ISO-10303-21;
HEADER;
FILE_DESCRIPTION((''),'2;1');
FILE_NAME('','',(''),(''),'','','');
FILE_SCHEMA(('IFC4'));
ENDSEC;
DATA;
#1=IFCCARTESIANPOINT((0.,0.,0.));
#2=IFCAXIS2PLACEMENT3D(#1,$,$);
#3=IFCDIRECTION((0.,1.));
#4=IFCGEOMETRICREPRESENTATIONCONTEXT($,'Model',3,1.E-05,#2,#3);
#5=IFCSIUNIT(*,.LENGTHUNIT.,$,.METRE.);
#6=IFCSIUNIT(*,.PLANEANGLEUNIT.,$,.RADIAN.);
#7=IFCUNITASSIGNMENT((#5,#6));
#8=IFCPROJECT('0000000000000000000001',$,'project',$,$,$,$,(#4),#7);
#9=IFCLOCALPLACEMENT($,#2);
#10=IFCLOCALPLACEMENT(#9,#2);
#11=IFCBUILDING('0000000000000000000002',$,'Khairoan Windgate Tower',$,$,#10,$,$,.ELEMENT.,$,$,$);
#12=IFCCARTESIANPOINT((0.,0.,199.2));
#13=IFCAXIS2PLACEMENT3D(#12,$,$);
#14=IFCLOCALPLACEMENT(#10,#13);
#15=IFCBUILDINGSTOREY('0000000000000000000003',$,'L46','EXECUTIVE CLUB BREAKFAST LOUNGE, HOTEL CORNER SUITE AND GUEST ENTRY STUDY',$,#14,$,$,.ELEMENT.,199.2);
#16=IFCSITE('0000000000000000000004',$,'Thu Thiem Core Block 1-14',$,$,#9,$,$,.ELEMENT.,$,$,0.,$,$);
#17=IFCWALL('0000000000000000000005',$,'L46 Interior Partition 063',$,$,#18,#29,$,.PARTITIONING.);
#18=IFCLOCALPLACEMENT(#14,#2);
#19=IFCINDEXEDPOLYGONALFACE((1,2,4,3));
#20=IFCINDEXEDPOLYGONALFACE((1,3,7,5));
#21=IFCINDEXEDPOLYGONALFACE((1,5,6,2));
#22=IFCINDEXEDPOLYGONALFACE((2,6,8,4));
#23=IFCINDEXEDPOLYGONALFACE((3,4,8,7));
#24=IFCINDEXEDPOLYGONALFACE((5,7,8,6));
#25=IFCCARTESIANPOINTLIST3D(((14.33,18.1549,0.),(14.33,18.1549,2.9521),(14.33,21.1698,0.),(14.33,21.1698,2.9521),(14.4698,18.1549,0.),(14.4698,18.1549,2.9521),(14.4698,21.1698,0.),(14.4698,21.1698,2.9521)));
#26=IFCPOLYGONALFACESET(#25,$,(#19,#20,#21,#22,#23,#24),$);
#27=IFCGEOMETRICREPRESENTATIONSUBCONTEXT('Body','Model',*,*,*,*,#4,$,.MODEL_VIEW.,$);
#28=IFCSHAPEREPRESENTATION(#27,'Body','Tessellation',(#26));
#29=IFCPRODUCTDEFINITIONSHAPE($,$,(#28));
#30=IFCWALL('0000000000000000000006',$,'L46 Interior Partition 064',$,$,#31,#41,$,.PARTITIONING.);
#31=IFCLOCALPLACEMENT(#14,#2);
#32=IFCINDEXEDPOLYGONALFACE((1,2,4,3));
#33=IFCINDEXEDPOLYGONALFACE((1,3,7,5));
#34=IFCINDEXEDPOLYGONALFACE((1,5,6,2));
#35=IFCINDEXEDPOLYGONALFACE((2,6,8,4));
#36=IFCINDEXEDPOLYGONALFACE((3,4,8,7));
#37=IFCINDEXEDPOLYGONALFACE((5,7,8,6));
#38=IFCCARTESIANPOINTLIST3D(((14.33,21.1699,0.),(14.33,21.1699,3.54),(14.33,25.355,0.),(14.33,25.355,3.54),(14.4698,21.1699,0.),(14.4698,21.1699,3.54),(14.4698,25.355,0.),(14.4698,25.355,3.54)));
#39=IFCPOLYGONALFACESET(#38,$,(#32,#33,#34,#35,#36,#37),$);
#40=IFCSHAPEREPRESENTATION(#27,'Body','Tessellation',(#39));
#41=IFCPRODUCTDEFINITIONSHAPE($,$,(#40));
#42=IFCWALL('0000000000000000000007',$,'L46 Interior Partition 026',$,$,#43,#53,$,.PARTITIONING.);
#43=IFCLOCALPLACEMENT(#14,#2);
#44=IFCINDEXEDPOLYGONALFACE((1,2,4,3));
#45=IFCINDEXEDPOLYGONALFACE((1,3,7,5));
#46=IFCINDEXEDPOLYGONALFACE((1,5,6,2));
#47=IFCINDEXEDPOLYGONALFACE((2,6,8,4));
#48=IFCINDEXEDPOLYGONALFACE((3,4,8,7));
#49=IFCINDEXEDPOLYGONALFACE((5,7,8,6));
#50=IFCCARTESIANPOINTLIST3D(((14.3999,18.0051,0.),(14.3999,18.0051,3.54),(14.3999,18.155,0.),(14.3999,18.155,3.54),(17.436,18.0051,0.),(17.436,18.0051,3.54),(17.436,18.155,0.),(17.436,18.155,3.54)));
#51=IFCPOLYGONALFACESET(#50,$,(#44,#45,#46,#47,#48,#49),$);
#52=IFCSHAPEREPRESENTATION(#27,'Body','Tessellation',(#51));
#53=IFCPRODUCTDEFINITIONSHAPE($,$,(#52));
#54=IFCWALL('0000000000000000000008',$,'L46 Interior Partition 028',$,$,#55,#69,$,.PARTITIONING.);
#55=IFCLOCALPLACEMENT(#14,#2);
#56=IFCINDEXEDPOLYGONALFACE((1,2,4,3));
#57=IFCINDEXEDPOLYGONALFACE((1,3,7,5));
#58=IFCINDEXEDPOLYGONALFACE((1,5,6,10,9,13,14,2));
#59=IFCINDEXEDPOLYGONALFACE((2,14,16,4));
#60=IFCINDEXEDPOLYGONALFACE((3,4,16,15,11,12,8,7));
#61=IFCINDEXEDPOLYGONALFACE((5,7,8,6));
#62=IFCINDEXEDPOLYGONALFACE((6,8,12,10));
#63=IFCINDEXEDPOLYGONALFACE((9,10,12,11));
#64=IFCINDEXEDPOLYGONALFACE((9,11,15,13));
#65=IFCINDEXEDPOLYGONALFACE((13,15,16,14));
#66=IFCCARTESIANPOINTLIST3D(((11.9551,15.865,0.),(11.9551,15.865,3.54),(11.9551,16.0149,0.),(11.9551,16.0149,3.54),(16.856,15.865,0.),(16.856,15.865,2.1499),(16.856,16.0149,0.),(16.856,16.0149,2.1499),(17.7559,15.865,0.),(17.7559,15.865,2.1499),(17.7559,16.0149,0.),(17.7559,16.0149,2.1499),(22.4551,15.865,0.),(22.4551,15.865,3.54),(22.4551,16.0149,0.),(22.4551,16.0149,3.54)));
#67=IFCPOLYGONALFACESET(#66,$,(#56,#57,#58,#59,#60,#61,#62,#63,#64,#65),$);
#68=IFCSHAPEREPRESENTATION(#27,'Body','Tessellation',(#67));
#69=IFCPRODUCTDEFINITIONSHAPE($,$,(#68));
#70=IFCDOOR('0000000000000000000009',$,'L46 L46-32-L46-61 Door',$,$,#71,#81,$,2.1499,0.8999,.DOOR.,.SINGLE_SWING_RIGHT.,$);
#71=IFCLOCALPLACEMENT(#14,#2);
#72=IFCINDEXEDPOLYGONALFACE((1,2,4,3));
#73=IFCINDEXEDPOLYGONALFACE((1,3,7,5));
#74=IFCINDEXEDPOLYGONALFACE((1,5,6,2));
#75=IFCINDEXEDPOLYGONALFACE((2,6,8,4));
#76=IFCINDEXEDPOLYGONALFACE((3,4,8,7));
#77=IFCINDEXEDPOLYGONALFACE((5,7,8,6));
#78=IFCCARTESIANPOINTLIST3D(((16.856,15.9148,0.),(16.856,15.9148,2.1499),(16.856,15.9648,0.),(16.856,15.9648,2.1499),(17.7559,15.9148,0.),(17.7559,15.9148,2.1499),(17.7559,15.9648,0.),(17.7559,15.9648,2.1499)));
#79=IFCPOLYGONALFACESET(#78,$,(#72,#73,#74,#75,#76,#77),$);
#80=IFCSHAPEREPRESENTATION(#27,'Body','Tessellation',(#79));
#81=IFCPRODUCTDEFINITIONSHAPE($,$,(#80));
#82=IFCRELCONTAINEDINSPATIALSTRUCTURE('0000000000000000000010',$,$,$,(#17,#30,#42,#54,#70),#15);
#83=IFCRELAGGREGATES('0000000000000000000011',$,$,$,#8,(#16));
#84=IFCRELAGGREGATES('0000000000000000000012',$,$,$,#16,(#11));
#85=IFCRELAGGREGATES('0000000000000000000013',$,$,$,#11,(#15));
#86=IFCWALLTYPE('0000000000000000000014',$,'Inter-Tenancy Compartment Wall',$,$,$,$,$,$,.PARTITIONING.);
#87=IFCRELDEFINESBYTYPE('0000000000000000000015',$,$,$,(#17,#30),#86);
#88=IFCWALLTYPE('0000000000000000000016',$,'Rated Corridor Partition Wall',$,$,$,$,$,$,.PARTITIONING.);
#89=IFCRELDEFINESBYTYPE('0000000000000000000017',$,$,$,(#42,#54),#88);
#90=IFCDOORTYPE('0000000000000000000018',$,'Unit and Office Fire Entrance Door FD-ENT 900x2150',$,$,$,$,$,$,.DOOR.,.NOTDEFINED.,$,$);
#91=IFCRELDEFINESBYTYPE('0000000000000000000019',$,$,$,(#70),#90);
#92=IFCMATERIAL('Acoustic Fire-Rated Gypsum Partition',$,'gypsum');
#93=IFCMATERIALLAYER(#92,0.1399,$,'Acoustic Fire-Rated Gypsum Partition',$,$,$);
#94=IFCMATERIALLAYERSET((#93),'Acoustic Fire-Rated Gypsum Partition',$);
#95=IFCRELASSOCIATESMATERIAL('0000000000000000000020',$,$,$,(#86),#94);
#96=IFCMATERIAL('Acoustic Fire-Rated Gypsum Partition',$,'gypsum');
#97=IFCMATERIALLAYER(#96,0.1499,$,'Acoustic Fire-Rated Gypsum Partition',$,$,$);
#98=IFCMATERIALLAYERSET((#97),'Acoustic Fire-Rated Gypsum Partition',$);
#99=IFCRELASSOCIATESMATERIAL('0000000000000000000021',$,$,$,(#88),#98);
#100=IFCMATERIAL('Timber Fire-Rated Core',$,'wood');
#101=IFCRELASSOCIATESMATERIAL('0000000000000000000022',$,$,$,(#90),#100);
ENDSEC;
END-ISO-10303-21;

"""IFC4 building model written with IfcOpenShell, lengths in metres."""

from ifc_helpers import new_model, si_unit, direction, frame, frame_2d, origin, place, context, subcontext, project, spatial, rectangle, extrude, material, layer, layer_set, type_object, element, fill, save


model = new_model("IFC4")

# Units and contexts
model_context = context("Model", 3, precision=1e-05, world=origin(), true_north=direction((0.0, 1.0)))
body_context = subcontext(model_context, "Body", "Model", "MODEL_VIEW")
ifc_project = project(units=[si_unit("LENGTHUNIT", "METRE"), si_unit("PLANEANGLEUNIT", "RADIAN")], contexts=[model_context])

# Site, building, storey
site_placement = place(None, origin())
site = spatial("IfcSite", under=ifc_project, at=site_placement, Name="Thu Thiem Core Block 1-14", CompositionType="ELEMENT", RefElevation=0.0)
building_placement = place(site_placement, origin())
building = spatial("IfcBuilding", under=site, at=building_placement, Name="Khairoan Windgate Tower", CompositionType="ELEMENT")
storey_placement = place(building_placement, frame((0.0, 0.0, 199.2)))
storey = spatial("IfcBuildingStorey", under=building, at=storey_placement, Name="L46", Description="EXECUTIVE CLUB BREAKFAST LOUNGE, HOTEL CORNER SUITE AND GUEST ENTRY STUDY", CompositionType="ELEMENT", Elevation=199.2)

# Walls
ifc_material_1 = material(Name="Acoustic Fire-Rated Gypsum Partition", Category="gypsum")
ifc_layer_1 = layer(ifc_material_1, 0.1399, Name="Acoustic Fire-Rated Gypsum Partition")
ifc_layer_set_1 = layer_set([ifc_layer_1], Name="Acoustic Fire-Rated Gypsum Partition")
wall_type_1 = type_object("IfcWallType", Name="Inter-Tenancy Compartment Wall", PredefinedType="PARTITIONING", material=ifc_layer_set_1)
wall_1_placement = place(storey_placement, frame((14.3999, 18.155, 0.0), z_axis=(0.0, 0.0, 1.0), x_axis=(0.0, 1.0, 0.0)))
element("IfcWall", 1, at=wall_1_placement, inside=storey, type_object=wall_type_1, Name="L46 Interior Partition 063", PredefinedType="PARTITIONING", context=body_context, shape_type="SweptSolid", body=[
    extrude(rectangle(XDim=3.0149, YDim=0.1399, at=frame_2d((1.5073, 0.0))), origin(), (0.0, 0.0, 1.0), 2.9521),
])
wall_2_placement = place(storey_placement, frame((14.3999, 21.1699, 0.0), z_axis=(0.0, 0.0, 1.0), x_axis=(0.0, 1.0, 0.0)))
element("IfcWall", 2, at=wall_2_placement, inside=storey, type_object=wall_type_1, Name="L46 Interior Partition 064", PredefinedType="PARTITIONING", context=body_context, shape_type="SweptSolid", body=[
    extrude(rectangle(XDim=4.1851, YDim=0.1399, at=frame_2d((2.0925, 0.0))), origin(), (0.0, 0.0, 1.0), 3.54),
])
ifc_material_2 = material(Name="Acoustic Fire-Rated Gypsum Partition", Category="gypsum")
ifc_layer_2 = layer(ifc_material_2, 0.1499, Name="Acoustic Fire-Rated Gypsum Partition")
ifc_layer_set_2 = layer_set([ifc_layer_2], Name="Acoustic Fire-Rated Gypsum Partition")
wall_type_2 = type_object("IfcWallType", Name="Rated Corridor Partition Wall", PredefinedType="PARTITIONING", material=ifc_layer_set_2)
wall_3_placement = place(storey_placement, frame((14.3999, 18.0801, 0.0), z_axis=(0.0, 0.0, 1.0), x_axis=(1.0, 0.0, 0.0)))
element("IfcWall", 3, at=wall_3_placement, inside=storey, type_object=wall_type_2, Name="L46 Interior Partition 026", PredefinedType="PARTITIONING", context=body_context, shape_type="SweptSolid", body=[
    extrude(rectangle(XDim=3.0361, YDim=0.1499, at=frame_2d((1.5181, 0.0))), origin(), (0.0, 0.0, 1.0), 3.54),
])

# Wall, opening, door
wall_4_placement = place(storey_placement, frame((11.9551, 15.9399, 0.0), z_axis=(0.0, 0.0, 1.0), x_axis=(1.0, 0.0, 0.0)))
wall_4 = element("IfcWall", 4, at=wall_4_placement, inside=storey, type_object=wall_type_2, Name="L46 Interior Partition 028", PredefinedType="PARTITIONING", context=body_context, shape_type="SweptSolid", body=[
    extrude(rectangle(XDim=10.5, YDim=0.1499, at=frame_2d((5.25, 0.0))), origin(), (0.0, 0.0, 1.0), 3.54),
])
opening_placement = place(wall_4_placement, frame((4.9009, 0.0, 0.0)))
opening = element("IfcOpeningElement", 5, at=opening_placement, cuts=wall_4, PredefinedType="OPENING", context=body_context, shape_type="SweptSolid", body=[
    extrude(rectangle(XDim=0.8999, YDim=2.1499, at=frame_2d((0.45, 1.075))), frame((0.0, 0.085, 0.0), z_axis=(0.0, -1.0, 0.0), x_axis=(1.0, 0.0, 0.0)), (0.0, 0.0, 1.0), 0.1699),
])
ifc_material_3 = material(Name="Timber Fire-Rated Core", Category="wood")
door_type = type_object("IfcDoorType", Name="Unit and Office Fire Entrance Door FD-ENT 900x2150", OperationType="NOTDEFINED", PredefinedType="DOOR", material=ifc_material_3)
door_placement = place(opening_placement, origin())
door = element("IfcDoor", 6, at=door_placement, inside=storey, type_object=door_type, Name="L46 L46-32-L46-61 Door", OperationType="SINGLE_SWING_RIGHT", OverallHeight=2.1499, OverallWidth=0.8999, PredefinedType="DOOR", context=body_context, shape_type="SweptSolid", body=[
    extrude(rectangle(XDim=0.8999, YDim=2.1499, at=frame_2d((0.45, 1.075))), frame((0.0, 0.0249, 0.0), z_axis=(0.0, -1.0, 0.0), x_axis=(1.0, 0.0, 0.0)), (0.0, 0.0, 1.0), 0.05),
])
fill(opening, door)

save(model, "model.ifc")
